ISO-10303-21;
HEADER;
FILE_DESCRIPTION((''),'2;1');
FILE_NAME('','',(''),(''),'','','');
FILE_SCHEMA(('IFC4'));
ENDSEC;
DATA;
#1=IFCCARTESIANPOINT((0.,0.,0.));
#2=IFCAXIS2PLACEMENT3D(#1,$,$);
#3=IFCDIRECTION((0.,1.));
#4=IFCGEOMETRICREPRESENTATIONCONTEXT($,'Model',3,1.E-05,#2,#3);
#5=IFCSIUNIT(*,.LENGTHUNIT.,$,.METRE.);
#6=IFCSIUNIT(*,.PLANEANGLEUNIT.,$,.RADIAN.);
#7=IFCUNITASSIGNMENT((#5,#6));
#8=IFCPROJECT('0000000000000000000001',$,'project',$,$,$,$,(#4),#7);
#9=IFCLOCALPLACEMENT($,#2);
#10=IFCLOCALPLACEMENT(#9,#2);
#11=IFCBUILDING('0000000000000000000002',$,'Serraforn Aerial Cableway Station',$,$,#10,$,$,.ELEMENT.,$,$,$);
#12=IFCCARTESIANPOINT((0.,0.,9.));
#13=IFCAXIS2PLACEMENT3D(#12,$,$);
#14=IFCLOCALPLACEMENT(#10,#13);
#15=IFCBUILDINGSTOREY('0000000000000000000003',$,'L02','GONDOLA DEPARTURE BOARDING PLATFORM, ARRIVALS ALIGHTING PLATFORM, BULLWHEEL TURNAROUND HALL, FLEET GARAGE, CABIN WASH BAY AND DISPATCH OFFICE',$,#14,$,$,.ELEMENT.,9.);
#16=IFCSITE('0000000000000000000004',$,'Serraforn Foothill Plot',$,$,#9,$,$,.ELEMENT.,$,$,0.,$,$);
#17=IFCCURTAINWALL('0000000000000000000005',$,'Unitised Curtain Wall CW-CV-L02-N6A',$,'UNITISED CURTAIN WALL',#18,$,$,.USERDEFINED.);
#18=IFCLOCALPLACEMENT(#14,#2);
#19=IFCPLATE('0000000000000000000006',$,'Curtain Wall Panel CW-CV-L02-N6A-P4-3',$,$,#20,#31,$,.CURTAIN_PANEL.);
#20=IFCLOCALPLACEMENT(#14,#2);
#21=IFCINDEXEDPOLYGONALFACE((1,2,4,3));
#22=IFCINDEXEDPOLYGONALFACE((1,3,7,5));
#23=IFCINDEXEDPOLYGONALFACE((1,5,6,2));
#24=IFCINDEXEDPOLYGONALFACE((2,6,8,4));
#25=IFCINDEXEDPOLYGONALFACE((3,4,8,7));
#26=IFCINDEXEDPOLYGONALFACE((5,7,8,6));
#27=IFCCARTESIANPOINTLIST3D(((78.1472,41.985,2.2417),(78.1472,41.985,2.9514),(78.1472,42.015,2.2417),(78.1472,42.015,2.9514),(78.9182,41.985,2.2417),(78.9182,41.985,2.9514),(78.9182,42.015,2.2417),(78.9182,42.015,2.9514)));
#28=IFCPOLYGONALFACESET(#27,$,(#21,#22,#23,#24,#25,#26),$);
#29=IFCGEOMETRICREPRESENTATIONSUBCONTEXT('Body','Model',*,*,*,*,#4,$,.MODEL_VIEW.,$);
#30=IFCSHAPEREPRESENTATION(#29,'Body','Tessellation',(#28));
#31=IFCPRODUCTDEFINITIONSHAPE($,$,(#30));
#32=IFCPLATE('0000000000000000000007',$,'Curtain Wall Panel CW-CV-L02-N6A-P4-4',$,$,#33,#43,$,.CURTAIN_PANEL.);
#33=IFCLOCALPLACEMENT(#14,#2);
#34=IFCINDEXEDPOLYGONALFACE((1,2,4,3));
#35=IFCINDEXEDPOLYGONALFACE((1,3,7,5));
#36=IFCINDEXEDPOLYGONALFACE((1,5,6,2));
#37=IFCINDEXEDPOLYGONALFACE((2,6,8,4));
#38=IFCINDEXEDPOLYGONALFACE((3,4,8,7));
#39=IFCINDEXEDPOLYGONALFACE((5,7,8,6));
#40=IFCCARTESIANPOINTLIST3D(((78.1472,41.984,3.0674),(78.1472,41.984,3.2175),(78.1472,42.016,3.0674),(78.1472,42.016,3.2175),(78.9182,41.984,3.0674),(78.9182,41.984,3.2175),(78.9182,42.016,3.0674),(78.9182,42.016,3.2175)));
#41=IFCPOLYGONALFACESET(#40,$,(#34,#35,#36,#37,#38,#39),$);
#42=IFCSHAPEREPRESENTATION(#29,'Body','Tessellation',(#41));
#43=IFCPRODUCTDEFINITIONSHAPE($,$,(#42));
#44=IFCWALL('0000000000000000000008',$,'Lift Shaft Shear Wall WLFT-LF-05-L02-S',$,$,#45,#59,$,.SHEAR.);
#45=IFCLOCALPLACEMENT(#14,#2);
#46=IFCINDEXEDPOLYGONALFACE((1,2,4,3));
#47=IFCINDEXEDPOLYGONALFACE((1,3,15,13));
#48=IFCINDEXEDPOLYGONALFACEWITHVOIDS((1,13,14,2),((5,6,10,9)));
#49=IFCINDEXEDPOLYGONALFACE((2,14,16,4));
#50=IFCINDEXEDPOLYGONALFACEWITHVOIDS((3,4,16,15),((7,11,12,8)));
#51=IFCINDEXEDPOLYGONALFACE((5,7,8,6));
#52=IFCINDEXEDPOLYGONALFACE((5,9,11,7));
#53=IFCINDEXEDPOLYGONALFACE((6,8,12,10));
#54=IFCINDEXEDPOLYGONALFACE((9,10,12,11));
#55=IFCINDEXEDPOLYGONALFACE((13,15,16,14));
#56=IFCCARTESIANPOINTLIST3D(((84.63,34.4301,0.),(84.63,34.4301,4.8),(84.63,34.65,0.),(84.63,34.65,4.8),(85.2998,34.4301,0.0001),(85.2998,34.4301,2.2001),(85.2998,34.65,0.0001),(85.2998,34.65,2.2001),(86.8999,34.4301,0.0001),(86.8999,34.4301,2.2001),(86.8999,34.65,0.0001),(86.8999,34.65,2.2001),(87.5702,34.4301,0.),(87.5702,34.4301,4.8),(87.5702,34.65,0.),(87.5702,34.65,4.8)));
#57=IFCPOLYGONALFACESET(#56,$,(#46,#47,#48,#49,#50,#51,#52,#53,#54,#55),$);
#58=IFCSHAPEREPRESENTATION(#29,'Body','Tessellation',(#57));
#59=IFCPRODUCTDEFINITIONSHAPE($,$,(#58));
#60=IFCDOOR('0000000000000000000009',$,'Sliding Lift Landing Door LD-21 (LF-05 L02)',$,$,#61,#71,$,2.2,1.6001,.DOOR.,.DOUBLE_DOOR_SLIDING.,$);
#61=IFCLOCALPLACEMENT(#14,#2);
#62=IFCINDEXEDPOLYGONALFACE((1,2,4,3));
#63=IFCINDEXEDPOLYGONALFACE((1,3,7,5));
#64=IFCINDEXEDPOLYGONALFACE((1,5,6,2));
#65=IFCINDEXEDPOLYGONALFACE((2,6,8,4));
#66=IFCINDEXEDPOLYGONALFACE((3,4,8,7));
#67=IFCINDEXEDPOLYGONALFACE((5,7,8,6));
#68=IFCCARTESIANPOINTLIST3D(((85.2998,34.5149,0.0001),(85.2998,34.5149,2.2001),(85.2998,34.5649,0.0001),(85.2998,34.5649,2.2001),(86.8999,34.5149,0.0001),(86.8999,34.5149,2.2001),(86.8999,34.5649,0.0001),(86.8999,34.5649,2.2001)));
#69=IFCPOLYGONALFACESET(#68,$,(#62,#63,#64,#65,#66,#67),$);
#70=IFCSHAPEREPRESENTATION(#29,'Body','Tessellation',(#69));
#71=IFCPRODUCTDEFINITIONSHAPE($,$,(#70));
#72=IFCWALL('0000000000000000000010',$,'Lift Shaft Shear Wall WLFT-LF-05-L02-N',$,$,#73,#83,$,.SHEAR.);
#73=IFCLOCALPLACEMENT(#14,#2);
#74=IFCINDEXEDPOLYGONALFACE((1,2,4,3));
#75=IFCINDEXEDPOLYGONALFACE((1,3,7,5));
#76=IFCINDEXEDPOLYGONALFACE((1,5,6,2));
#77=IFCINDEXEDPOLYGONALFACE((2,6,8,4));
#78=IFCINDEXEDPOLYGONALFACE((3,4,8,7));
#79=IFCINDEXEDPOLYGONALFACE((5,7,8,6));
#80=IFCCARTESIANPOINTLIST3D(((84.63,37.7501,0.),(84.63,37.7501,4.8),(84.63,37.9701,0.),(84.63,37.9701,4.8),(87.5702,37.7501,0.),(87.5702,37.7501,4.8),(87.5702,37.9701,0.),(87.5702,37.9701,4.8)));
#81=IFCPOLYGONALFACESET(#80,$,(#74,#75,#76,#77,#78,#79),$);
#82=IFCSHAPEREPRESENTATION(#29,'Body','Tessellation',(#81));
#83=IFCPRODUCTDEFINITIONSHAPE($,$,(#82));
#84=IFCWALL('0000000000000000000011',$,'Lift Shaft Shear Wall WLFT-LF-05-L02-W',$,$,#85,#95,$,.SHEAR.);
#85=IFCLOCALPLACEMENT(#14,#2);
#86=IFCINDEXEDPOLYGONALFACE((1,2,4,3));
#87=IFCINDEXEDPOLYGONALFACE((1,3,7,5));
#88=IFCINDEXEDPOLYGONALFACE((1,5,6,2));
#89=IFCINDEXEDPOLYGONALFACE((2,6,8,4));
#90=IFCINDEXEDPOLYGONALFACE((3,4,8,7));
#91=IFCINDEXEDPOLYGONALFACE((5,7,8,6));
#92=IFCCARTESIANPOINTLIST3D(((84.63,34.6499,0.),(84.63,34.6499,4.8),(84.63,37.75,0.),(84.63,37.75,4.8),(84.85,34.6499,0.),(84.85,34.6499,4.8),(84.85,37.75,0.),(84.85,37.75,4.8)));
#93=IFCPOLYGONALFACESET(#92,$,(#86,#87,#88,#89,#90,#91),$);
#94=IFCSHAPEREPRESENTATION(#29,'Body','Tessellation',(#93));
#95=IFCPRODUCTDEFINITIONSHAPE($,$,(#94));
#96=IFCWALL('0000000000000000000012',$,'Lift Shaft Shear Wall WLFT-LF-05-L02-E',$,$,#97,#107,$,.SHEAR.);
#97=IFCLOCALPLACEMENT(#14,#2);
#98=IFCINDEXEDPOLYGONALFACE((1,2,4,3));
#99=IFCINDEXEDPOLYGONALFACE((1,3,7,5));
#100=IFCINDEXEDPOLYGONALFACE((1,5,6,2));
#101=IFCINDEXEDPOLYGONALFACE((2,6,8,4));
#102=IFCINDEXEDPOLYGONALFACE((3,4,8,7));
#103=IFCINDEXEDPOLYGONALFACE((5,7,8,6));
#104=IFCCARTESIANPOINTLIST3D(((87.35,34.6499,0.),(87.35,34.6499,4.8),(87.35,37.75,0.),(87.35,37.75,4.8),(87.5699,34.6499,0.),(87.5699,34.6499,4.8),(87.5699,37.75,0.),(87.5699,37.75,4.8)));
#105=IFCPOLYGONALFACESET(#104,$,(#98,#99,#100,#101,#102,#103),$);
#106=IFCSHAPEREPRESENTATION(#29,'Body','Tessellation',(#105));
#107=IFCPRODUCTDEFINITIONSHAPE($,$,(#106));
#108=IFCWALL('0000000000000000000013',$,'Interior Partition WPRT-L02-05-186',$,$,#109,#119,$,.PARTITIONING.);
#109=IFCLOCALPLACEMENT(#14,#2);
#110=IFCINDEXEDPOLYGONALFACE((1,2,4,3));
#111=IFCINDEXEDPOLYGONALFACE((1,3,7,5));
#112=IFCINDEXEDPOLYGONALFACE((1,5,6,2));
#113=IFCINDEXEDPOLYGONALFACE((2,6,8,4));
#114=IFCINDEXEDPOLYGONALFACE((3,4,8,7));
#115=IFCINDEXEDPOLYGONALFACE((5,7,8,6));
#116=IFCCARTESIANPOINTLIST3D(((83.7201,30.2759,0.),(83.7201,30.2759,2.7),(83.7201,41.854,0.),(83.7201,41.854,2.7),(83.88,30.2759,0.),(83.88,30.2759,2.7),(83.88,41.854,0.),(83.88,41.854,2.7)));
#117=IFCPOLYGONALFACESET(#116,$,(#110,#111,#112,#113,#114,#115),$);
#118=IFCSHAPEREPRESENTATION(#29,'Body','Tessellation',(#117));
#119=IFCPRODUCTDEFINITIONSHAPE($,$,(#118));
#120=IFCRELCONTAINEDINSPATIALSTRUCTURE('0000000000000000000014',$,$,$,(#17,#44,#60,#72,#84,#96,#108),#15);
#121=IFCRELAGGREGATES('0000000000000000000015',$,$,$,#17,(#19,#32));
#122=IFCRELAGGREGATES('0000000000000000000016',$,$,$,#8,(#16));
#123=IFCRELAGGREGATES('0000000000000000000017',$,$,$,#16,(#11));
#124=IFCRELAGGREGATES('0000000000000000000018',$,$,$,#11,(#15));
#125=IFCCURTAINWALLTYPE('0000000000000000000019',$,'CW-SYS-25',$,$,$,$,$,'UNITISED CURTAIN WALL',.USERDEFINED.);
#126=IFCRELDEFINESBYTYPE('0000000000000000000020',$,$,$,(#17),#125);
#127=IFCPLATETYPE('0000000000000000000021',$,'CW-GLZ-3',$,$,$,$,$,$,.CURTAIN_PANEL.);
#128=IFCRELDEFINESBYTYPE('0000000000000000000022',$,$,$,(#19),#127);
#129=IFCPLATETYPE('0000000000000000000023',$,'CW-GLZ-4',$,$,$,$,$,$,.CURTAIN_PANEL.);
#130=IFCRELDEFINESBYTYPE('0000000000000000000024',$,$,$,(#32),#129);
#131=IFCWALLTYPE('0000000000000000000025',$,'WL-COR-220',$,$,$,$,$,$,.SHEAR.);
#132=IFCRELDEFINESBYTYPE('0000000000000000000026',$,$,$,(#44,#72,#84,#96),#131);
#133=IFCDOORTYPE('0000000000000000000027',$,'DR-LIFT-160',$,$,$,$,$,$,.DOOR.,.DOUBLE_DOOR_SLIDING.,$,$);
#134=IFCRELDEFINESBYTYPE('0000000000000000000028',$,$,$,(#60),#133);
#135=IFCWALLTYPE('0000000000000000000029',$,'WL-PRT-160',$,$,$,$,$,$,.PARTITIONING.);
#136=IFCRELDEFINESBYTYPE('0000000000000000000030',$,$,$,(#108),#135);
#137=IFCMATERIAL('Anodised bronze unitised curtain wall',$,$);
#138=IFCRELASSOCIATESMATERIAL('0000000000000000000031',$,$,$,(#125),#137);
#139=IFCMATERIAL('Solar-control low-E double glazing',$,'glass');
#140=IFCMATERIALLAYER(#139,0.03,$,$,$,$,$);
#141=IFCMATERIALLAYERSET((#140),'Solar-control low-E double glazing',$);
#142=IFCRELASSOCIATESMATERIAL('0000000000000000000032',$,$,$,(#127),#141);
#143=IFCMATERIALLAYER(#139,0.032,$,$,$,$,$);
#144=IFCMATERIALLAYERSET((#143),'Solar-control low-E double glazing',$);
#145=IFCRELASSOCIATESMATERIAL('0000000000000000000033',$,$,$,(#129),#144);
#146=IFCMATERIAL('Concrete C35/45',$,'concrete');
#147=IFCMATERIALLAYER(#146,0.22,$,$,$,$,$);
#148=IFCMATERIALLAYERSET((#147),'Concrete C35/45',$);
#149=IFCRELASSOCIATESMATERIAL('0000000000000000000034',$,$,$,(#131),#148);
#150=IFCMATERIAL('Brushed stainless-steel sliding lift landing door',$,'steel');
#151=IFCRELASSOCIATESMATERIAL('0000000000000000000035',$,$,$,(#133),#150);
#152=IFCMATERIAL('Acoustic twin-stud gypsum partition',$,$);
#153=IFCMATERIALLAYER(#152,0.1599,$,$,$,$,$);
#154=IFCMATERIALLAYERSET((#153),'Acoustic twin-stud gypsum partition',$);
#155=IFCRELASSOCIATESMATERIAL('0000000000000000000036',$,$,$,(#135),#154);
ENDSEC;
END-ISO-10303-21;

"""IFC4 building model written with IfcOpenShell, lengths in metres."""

from ifc_helpers import new_model, si_unit, direction, frame, frame_2d, origin, origin_2d, place, context, subcontext, project, spatial, rectangle, extrude, material, layer, layer_set, type_object, element, fill, aggregate, save


model = new_model("IFC4")

# Units and contexts
model_context = context("Model", 3, precision=1e-05, world=origin(), true_north=direction((0.0, 1.0)))
body_context = subcontext(model_context, "Body", "Model", "MODEL_VIEW")
ifc_project = project(units=[si_unit("LENGTHUNIT", "METRE"), si_unit("PLANEANGLEUNIT", "RADIAN")], contexts=[model_context])

# Site, building, storey
site_placement = place(None, origin())
site = spatial("IfcSite", under=ifc_project, at=site_placement, Name="Serraforn Foothill Plot", CompositionType="ELEMENT", RefElevation=0.0)
building_placement = place(site_placement, origin())
building = spatial("IfcBuilding", under=site, at=building_placement, Name="Serraforn Aerial Cableway Station", CompositionType="ELEMENT")
storey_placement = place(building_placement, frame((0.0, 0.0, 9.0)))
storey = spatial("IfcBuildingStorey", under=building, at=storey_placement, Name="L02", Description="GONDOLA DEPARTURE BOARDING PLATFORM, ARRIVALS ALIGHTING PLATFORM, BULLWHEEL TURNAROUND HALL, FLEET GARAGE, CABIN WASH BAY AND DISPATCH OFFICE", CompositionType="ELEMENT", Elevation=9.0)

# Shared definitions
ifc_material_1 = material(Name="Concrete C35/45", Category="concrete")

# Curtain wall, plates
ifc_material_2 = material(Name="Anodised bronze unitised curtain wall")
curtain_wall_type = type_object("IfcCurtainWallType", Name="CW-SYS-25", ElementType="UNITISED CURTAIN WALL", PredefinedType="USERDEFINED", material=ifc_material_2)
curtain_wall_placement = place(storey_placement, origin())
curtain_wall = element("IfcCurtainWall", 1, at=curtain_wall_placement, inside=storey, type_object=curtain_wall_type, Name="Unitised Curtain Wall CW-CV-L02-N6A", ObjectType="UNITISED CURTAIN WALL", PredefinedType="USERDEFINED")
ifc_material_3 = material(Name="Solar-control low-E double glazing", Category="glass")
ifc_layer_1 = layer(ifc_material_3, 0.03)
ifc_layer_set_1 = layer_set([ifc_layer_1], Name="Solar-control low-E double glazing")
plate_type_1 = type_object("IfcPlateType", Name="CW-GLZ-3", PredefinedType="CURTAIN_PANEL", material=ifc_layer_set_1)
plate_1_placement = place(storey_placement, frame((78.5327, 42.0, 2.2417), z_axis=(0.0, 0.0, 1.0), x_axis=(1.0, 0.0, 0.0)))
plate_1 = element("IfcPlate", 2, at=plate_1_placement, type_object=plate_type_1, Name="Curtain Wall Panel CW-CV-L02-N6A-P4-3", PredefinedType="CURTAIN_PANEL", context=body_context, shape_type="SweptSolid", body=[
    extrude(rectangle(XDim=0.771, YDim=0.03, at=origin_2d()), origin(), (0.0, 0.0, 1.0), 0.7097),
])
ifc_layer_2 = layer(ifc_material_3, 0.032)
ifc_layer_set_2 = layer_set([ifc_layer_2], Name="Solar-control low-E double glazing")
plate_type_2 = type_object("IfcPlateType", Name="CW-GLZ-4", PredefinedType="CURTAIN_PANEL", material=ifc_layer_set_2)
plate_2_placement = place(storey_placement, frame((78.5327, 42.0, 3.0674), z_axis=(0.0, 0.0, 1.0), x_axis=(1.0, 0.0, 0.0)))
plate_2 = element("IfcPlate", 3, at=plate_2_placement, type_object=plate_type_2, Name="Curtain Wall Panel CW-CV-L02-N6A-P4-4", PredefinedType="CURTAIN_PANEL", context=body_context, shape_type="SweptSolid", body=[
    extrude(rectangle(XDim=0.771, YDim=0.032, at=origin_2d()), origin(), (0.0, 0.0, 1.0), 0.1501),
])
aggregate(curtain_wall, [plate_1, plate_2])

# Wall, opening, door
ifc_layer_3 = layer(ifc_material_1, 0.22)
ifc_layer_set_3 = layer_set([ifc_layer_3], Name="Concrete C35/45")
wall_type_1 = type_object("IfcWallType", Name="WL-COR-220", PredefinedType="SHEAR", material=ifc_layer_set_3)
wall_1_placement = place(storey_placement, frame((84.6299, 34.54, 0.0), z_axis=(0.0, 0.0, 1.0), x_axis=(1.0, 0.0, 0.0)))
wall_1 = element("IfcWall", 4, at=wall_1_placement, inside=storey, type_object=wall_type_1, Name="Lift Shaft Shear Wall WLFT-LF-05-L02-S", PredefinedType="SHEAR", context=body_context, shape_type="SweptSolid", body=[
    extrude(rectangle(XDim=2.9402, YDim=0.22, at=frame_2d((1.4702, 0.0))), origin(), (0.0, 0.0, 1.0), 4.8),
])
opening_placement = place(wall_1_placement, frame((0.6699, 0.0, 0.0)))
opening = element("IfcOpeningElement", 5, at=opening_placement, cuts=wall_1, PredefinedType="OPENING", context=body_context, shape_type="SweptSolid", body=[
    extrude(rectangle(XDim=1.6001, YDim=2.2, at=frame_2d((0.8, 1.1001))), frame((0.0, 0.1199, 0.0), z_axis=(0.0, -1.0, 0.0), x_axis=(1.0, 0.0, 0.0)), (0.0, 0.0, 1.0), 0.24),
])
ifc_material_4 = material(Name="Brushed stainless-steel sliding lift landing door", Category="steel")
door_type = type_object("IfcDoorType", Name="DR-LIFT-160", OperationType="DOUBLE_DOOR_SLIDING", PredefinedType="DOOR", material=ifc_material_4)
door_placement = place(opening_placement, origin())
door = element("IfcDoor", 6, at=door_placement, inside=storey, type_object=door_type, Name="Sliding Lift Landing Door LD-21 (LF-05 L02)", OperationType="DOUBLE_DOOR_SLIDING", OverallHeight=2.2, OverallWidth=1.6001, PredefinedType="DOOR", context=body_context, shape_type="SweptSolid", body=[
    extrude(rectangle(XDim=1.6001, YDim=2.2, at=frame_2d((0.8, 1.1001))), frame((0.0, 0.0249, 0.0), z_axis=(0.0, -1.0, 0.0), x_axis=(1.0, 0.0, 0.0)), (0.0, 0.0, 1.0), 0.05),
])
fill(opening, door)

# Walls
wall_2_placement = place(storey_placement, frame((84.6299, 37.8601, 0.0), z_axis=(0.0, 0.0, 1.0), x_axis=(1.0, 0.0, 0.0)))
element("IfcWall", 7, at=wall_2_placement, inside=storey, type_object=wall_type_1, Name="Lift Shaft Shear Wall WLFT-LF-05-L02-N", PredefinedType="SHEAR", context=body_context, shape_type="SweptSolid", body=[
    extrude(rectangle(XDim=2.9402, YDim=0.22, at=frame_2d((1.4702, 0.0))), origin(), (0.0, 0.0, 1.0), 4.8),
])
for number, where, z_axis, x_axis, name in (
    (8, (84.74, 34.6499, 0.0), (0.0, 0.0, 1.0), (0.0, 1.0, 0.0), "Lift Shaft Shear Wall WLFT-LF-05-L02-W"),
    (9, (87.46, 34.6499, 0.0), (0.0, 0.0, 1.0), (0.0, 1.0, 0.0), "Lift Shaft Shear Wall WLFT-LF-05-L02-E"),
):
    element("IfcWall", number, at=place(storey_placement, frame(where, z_axis=z_axis, x_axis=x_axis)), inside=storey, type_object=wall_type_1, Name=name, PredefinedType="SHEAR", context=body_context, shape_type="SweptSolid", body=[
        extrude(rectangle(XDim=3.1001, YDim=0.22, at=frame_2d((1.55, 0.0))), origin(), (0.0, 0.0, 1.0), 4.8),
    ])
ifc_material_5 = material(Name="Acoustic twin-stud gypsum partition")
ifc_layer_4 = layer(ifc_material_5, 0.1599)
ifc_layer_set_4 = layer_set([ifc_layer_4], Name="Acoustic twin-stud gypsum partition")
wall_type_2 = type_object("IfcWallType", Name="WL-PRT-160", PredefinedType="PARTITIONING", material=ifc_layer_set_4)
wall_3_placement = place(storey_placement, frame((83.8, 41.854, 0.0), z_axis=(0.0, 0.0, 1.0), x_axis=(0.0, -1.0, 0.0)))
element("IfcWall", 10, at=wall_3_placement, inside=storey, type_object=wall_type_2, Name="Interior Partition WPRT-L02-05-186", PredefinedType="PARTITIONING", context=body_context, shape_type="SweptSolid", body=[
    extrude(rectangle(XDim=11.5781, YDim=0.1599, at=frame_2d((5.7891, 0.0))), origin(), (0.0, 0.0, 1.0), 2.7),
])

save(model, "model.ifc")
